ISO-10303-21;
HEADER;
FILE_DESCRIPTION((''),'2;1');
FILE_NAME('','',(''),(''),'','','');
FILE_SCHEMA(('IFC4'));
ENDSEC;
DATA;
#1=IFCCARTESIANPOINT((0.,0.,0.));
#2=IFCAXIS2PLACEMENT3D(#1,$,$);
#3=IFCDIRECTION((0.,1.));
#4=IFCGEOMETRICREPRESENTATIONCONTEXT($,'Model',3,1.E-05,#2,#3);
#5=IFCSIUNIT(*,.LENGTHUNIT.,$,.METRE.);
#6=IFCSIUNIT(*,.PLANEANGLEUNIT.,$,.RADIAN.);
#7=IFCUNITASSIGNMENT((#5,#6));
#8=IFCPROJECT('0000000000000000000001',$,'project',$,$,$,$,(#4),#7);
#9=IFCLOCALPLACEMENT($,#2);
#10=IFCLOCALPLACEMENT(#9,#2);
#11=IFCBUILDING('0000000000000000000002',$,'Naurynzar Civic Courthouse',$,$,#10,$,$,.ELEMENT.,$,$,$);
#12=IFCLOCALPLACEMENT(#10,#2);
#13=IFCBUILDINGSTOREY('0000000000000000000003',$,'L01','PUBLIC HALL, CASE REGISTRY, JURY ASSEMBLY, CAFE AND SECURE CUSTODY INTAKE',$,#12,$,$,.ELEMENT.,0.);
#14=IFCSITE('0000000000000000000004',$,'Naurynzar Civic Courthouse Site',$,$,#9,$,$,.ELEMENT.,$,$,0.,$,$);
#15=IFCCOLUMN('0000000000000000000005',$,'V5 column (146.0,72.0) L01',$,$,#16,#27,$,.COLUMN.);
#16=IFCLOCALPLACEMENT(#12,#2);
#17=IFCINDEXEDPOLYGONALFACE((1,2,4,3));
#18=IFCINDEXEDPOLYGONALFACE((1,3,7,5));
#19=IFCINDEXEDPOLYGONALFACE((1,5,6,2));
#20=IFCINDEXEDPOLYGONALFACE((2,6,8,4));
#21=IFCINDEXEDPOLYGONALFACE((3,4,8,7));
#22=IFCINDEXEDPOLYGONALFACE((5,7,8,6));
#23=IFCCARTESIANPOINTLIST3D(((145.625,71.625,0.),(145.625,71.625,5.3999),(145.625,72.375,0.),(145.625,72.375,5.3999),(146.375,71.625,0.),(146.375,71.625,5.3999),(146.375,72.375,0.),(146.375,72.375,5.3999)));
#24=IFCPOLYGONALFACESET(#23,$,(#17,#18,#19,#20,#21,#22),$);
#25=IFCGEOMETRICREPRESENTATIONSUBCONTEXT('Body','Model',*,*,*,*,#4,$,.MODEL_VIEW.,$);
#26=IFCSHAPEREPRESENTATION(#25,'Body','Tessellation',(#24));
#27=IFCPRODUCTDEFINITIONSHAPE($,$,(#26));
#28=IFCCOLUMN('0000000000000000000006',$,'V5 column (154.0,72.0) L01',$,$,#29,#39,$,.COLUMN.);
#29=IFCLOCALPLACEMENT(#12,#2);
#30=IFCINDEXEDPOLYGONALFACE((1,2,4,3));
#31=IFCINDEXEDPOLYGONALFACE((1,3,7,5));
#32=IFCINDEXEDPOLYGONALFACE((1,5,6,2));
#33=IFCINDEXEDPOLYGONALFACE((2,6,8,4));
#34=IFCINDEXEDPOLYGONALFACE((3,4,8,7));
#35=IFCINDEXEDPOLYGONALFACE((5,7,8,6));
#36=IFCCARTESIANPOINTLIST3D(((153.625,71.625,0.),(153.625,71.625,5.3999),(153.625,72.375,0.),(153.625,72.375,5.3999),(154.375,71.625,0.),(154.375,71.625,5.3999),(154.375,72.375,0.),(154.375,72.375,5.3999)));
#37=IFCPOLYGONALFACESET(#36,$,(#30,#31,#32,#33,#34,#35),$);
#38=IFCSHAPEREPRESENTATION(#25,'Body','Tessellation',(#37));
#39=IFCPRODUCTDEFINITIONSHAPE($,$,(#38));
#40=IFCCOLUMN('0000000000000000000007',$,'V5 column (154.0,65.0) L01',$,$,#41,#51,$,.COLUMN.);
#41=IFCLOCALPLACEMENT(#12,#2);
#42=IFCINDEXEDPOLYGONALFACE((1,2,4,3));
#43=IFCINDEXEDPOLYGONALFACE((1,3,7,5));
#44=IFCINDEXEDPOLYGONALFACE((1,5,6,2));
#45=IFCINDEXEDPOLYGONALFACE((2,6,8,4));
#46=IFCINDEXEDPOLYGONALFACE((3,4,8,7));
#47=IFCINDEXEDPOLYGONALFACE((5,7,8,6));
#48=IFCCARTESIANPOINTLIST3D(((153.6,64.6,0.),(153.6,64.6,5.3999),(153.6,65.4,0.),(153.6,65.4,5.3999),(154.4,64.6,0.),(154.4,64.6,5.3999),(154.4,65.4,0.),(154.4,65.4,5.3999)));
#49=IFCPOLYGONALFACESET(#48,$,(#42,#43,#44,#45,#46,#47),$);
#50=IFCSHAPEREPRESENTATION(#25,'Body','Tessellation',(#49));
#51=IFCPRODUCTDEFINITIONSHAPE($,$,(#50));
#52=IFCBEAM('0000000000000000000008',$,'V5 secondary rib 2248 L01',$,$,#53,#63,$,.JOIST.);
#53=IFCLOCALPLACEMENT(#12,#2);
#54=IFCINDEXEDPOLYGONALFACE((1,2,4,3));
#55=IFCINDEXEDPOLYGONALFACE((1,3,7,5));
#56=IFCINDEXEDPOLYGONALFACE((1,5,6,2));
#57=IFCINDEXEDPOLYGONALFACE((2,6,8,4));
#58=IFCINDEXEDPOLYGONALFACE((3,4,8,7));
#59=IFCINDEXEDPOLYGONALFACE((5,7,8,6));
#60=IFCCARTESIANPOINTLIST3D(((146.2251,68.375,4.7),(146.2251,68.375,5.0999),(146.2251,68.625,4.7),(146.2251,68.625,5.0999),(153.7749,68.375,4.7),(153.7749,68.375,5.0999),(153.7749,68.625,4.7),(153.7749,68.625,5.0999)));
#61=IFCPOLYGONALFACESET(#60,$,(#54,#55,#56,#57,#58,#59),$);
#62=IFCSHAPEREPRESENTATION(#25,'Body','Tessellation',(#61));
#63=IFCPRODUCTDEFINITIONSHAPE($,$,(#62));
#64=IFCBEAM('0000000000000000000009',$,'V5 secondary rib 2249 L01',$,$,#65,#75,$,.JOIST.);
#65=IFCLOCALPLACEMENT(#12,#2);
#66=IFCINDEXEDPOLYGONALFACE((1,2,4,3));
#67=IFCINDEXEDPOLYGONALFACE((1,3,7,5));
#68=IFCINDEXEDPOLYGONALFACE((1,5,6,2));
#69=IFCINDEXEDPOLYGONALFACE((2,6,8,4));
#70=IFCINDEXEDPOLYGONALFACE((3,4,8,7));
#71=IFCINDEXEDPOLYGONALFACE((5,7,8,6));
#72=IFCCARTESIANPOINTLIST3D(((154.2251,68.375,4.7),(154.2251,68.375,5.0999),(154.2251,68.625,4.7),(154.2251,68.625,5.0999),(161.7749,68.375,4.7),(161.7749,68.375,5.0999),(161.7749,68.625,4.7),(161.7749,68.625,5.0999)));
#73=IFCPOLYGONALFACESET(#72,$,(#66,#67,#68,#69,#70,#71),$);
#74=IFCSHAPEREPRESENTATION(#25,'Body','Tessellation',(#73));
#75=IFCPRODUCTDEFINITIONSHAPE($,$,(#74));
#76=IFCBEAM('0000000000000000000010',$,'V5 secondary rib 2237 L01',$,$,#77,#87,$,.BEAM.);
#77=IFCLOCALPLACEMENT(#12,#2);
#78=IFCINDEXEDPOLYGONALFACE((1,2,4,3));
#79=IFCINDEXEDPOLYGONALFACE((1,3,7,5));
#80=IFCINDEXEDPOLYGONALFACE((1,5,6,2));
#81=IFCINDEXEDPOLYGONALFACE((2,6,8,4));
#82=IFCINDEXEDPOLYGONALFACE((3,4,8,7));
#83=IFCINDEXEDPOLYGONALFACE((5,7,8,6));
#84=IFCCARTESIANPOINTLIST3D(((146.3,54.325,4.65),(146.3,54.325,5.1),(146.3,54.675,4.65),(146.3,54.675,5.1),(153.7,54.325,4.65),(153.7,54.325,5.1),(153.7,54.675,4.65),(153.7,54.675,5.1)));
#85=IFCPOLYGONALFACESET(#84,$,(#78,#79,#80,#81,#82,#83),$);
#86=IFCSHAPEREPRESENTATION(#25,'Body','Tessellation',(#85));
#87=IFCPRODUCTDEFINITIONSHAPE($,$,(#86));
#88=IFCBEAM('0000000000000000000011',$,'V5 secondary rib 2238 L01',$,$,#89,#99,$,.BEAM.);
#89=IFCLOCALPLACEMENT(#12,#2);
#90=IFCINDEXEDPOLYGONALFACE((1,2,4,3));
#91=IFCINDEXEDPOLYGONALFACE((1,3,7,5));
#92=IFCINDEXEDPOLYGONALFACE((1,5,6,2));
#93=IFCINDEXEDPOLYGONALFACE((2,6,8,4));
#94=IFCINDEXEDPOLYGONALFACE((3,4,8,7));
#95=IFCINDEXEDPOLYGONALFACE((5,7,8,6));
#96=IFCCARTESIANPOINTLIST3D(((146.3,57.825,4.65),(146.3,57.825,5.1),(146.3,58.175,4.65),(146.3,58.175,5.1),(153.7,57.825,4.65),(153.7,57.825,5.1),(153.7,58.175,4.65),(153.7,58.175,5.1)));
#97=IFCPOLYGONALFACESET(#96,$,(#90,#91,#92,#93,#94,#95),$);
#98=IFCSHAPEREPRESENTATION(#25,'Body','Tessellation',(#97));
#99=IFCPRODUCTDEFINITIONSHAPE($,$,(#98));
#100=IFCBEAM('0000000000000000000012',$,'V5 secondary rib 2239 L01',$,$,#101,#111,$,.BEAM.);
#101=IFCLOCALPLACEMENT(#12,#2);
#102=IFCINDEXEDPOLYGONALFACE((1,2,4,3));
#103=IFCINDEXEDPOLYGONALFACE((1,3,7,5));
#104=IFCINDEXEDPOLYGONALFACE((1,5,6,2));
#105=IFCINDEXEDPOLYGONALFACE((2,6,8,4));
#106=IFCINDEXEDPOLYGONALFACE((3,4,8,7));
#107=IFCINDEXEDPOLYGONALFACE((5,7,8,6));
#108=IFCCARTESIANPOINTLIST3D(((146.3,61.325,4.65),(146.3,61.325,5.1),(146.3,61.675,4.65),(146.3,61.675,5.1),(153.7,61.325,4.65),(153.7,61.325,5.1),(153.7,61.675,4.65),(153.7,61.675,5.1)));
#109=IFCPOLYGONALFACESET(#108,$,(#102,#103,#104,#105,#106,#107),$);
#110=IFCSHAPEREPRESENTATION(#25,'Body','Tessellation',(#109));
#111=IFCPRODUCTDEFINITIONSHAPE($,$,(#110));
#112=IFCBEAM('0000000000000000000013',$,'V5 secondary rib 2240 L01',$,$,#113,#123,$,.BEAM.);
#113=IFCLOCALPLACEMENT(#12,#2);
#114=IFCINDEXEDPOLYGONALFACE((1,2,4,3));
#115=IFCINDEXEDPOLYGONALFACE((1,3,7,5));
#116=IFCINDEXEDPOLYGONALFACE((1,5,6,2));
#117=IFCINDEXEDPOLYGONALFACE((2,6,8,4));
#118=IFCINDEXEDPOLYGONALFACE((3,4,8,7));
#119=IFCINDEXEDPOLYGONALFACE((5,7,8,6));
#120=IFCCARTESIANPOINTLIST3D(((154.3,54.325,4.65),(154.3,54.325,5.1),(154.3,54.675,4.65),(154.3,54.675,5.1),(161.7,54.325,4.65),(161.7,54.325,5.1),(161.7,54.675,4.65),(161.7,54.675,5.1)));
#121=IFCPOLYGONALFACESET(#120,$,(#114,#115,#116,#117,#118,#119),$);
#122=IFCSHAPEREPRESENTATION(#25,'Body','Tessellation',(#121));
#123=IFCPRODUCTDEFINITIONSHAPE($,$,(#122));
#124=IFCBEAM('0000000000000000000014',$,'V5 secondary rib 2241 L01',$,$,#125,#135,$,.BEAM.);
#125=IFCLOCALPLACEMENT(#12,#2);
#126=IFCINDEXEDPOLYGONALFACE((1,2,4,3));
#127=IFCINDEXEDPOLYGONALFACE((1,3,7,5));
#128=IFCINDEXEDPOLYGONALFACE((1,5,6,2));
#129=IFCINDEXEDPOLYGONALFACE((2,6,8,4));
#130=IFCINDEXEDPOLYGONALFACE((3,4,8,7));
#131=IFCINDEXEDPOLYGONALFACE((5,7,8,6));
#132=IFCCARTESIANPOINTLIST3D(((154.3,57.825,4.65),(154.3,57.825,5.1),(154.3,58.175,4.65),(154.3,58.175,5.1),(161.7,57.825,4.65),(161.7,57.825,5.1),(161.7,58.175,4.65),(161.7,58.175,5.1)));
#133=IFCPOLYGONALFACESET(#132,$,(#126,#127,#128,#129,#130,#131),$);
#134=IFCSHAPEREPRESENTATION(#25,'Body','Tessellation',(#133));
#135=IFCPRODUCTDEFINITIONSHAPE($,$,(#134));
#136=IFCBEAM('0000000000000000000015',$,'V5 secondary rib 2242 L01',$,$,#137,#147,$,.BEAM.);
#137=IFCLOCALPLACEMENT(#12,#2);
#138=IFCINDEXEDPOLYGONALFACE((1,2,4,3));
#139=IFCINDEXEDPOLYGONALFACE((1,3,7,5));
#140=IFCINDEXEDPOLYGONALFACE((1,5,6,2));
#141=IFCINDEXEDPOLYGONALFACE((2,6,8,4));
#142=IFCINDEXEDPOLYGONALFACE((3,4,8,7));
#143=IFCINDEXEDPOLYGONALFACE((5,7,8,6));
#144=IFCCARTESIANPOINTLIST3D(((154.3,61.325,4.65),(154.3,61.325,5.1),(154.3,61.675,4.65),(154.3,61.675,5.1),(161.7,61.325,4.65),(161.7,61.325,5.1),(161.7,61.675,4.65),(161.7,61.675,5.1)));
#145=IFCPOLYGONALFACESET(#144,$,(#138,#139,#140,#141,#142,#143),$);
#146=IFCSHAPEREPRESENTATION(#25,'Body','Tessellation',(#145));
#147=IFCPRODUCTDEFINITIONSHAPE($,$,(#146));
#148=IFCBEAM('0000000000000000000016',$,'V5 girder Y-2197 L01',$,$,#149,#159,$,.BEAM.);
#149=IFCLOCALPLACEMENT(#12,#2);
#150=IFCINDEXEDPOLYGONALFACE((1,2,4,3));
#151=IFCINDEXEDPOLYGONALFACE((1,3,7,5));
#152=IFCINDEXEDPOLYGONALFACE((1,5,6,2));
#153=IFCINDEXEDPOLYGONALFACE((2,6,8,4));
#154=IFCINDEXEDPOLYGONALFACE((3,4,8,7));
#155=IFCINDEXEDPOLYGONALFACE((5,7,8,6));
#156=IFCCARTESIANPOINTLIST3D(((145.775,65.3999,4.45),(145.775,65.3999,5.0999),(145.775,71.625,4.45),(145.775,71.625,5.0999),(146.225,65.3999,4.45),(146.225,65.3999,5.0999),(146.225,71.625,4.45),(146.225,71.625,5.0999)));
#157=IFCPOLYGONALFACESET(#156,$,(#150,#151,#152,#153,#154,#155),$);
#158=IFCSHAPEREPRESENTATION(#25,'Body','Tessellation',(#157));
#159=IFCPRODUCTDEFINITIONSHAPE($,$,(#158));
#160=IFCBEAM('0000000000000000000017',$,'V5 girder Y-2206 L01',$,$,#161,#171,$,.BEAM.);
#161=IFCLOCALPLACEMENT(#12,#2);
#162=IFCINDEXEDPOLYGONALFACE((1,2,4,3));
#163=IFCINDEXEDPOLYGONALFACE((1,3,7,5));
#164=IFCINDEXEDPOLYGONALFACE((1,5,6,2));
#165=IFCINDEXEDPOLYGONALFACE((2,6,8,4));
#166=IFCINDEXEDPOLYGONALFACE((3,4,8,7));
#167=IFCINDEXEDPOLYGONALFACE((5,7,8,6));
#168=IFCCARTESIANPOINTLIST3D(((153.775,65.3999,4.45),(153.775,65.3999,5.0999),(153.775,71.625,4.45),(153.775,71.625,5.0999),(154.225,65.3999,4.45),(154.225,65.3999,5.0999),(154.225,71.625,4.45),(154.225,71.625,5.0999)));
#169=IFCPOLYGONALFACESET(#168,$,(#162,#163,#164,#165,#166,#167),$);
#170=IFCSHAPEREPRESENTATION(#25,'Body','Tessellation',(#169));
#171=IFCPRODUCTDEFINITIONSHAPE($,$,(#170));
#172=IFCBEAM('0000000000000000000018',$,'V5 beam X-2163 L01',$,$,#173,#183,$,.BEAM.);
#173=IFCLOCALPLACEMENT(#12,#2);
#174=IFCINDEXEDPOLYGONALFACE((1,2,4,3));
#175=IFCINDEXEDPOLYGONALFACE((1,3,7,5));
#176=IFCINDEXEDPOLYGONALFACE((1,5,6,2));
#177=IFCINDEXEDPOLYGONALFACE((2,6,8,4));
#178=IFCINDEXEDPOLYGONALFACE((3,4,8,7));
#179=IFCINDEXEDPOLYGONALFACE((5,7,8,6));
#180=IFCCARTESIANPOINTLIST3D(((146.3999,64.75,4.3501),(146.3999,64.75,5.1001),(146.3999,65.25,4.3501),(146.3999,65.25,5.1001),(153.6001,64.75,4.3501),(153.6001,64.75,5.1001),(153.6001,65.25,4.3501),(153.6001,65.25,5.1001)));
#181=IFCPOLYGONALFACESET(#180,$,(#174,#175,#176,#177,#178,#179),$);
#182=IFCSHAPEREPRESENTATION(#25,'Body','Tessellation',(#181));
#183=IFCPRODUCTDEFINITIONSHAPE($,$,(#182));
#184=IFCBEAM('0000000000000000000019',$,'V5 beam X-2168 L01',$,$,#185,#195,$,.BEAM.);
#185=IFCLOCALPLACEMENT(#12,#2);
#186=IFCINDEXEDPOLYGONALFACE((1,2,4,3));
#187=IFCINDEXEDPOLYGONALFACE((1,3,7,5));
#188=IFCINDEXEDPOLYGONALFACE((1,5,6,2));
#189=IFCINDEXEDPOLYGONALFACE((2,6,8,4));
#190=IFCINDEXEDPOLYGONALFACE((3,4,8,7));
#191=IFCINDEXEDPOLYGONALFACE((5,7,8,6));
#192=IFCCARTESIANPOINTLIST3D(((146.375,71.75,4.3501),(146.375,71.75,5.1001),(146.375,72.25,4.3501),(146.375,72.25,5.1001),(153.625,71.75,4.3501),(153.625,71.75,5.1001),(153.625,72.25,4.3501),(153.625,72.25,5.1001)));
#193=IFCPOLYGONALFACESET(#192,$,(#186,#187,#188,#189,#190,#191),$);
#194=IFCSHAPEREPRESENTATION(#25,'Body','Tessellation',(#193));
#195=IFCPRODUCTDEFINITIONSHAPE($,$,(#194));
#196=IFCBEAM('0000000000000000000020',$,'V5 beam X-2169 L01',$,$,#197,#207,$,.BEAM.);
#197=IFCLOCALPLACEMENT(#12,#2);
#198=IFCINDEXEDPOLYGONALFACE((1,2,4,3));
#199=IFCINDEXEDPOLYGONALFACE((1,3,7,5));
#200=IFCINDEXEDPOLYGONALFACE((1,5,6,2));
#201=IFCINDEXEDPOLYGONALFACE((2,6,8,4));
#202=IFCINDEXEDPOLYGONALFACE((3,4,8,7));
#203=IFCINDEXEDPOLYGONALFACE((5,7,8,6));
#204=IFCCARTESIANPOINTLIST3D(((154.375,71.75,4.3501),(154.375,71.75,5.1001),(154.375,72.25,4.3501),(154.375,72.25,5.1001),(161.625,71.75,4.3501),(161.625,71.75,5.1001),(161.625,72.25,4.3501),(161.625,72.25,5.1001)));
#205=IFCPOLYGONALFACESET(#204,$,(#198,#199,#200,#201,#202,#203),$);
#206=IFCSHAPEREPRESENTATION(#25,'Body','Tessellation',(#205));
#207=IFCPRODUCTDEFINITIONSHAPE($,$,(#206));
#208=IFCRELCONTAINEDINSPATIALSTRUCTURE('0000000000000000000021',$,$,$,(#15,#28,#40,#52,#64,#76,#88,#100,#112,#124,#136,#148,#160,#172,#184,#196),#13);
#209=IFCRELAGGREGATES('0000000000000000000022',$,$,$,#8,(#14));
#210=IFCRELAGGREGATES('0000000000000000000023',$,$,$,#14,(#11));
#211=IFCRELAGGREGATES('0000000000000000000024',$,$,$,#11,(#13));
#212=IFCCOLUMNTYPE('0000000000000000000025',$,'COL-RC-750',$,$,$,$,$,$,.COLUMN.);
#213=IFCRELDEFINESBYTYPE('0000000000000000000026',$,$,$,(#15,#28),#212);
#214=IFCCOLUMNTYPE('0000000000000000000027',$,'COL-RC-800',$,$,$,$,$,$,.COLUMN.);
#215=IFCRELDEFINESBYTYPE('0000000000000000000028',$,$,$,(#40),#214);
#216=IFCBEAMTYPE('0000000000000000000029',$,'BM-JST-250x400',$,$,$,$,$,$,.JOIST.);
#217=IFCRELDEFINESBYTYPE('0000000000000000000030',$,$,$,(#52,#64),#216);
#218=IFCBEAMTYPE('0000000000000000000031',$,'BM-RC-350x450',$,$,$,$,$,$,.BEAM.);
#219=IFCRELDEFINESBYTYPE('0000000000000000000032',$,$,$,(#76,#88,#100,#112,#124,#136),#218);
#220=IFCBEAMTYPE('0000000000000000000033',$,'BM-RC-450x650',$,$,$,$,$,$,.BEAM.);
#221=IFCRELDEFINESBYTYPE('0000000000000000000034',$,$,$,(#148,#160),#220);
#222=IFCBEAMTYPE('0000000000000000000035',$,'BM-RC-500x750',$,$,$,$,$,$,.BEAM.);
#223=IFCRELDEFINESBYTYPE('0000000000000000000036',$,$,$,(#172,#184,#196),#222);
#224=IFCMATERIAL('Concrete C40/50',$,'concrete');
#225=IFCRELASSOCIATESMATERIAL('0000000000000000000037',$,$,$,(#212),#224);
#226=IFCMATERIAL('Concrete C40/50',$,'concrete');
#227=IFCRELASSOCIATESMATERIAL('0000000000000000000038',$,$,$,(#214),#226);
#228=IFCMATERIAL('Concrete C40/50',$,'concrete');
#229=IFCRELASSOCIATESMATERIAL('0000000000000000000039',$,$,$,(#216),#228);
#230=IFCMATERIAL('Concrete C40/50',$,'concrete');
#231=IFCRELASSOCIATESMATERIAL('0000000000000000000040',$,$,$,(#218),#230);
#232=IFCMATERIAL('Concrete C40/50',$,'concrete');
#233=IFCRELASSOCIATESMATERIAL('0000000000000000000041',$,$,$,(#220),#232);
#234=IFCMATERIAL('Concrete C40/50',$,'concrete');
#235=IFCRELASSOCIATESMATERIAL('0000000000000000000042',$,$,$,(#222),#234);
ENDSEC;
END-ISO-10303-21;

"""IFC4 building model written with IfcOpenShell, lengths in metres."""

from ifc_helpers import new_model, si_unit, direction, frame, origin, origin_2d, place, context, subcontext, project, spatial, rectangle, extrude, material, material_profile, profile_set, type_object, element, save


model = new_model("IFC4")

# Units and contexts
model_context = context("Model", 3, precision=1e-05, world=origin(), true_north=direction((0.0, 1.0)))
body_context = subcontext(model_context, "Body", "Model", "MODEL_VIEW")
ifc_project = project(units=[si_unit("LENGTHUNIT", "METRE"), si_unit("PLANEANGLEUNIT", "RADIAN")], contexts=[model_context])

# Site, building, storey
site_placement = place(None, origin())
site = spatial("IfcSite", under=ifc_project, at=site_placement, Name="Naurynzar Civic Courthouse Site", CompositionType="ELEMENT", RefElevation=0.0)
building_placement = place(site_placement, origin())
building = spatial("IfcBuilding", under=site, at=building_placement, Name="Naurynzar Civic Courthouse", CompositionType="ELEMENT")
storey_placement = place(building_placement, origin())
storey = spatial("IfcBuildingStorey", under=building, at=storey_placement, Name="L01", Description="PUBLIC HALL, CASE REGISTRY, JURY ASSEMBLY, CAFE AND SECURE CUSTODY INTAKE", CompositionType="ELEMENT", Elevation=0.0)

# Columns
ifc_material_1 = material(Name="Concrete C40/50", Category="concrete")
ifc_material_profile_1 = material_profile(ifc_material_1, rectangle(XDim=0.75, YDim=0.75, at=origin_2d()), Name="RC 750x750")
ifc_profile_set_1 = profile_set([ifc_material_profile_1], Name="Concrete C40/50")
column_type_1 = type_object("IfcColumnType", Name="COL-RC-750", PredefinedType="COLUMN", material=ifc_profile_set_1)
for number, where, z_axis, x_axis, name in (
    (1, (146.0, 72.0, 0.0), (0.0, 0.0, 1.0), (1.0, 0.0, 0.0), "V5 column (146.0,72.0) L01"),
    (2, (154.0, 72.0, 0.0), (0.0, 0.0, 1.0), (1.0, 0.0, 0.0), "V5 column (154.0,72.0) L01"),
):
    element("IfcColumn", number, at=place(storey_placement, frame(where, z_axis=z_axis, x_axis=x_axis)), inside=storey, type_object=column_type_1, Name=name, PredefinedType="COLUMN", context=body_context, shape_type="SweptSolid", body=[
        extrude(rectangle(XDim=0.75, YDim=0.75, at=origin_2d()), origin(), (0.0, 0.0, 1.0), 5.3999),
    ])
ifc_material_2 = material(Name="Concrete C40/50", Category="concrete")
ifc_material_profile_2 = material_profile(ifc_material_2, rectangle(XDim=0.8, YDim=0.8, at=origin_2d()), Name="RC 800x800")
ifc_profile_set_2 = profile_set([ifc_material_profile_2], Name="Concrete C40/50")
column_type_2 = type_object("IfcColumnType", Name="COL-RC-800", PredefinedType="COLUMN", material=ifc_profile_set_2)
column_placement = place(storey_placement, frame((154.0, 65.0, 0.0), z_axis=(0.0, 0.0, 1.0), x_axis=(1.0, 0.0, 0.0)))
element("IfcColumn", 3, at=column_placement, inside=storey, type_object=column_type_2, Name="V5 column (154.0,65.0) L01", PredefinedType="COLUMN", context=body_context, shape_type="SweptSolid", body=[
    extrude(rectangle(XDim=0.8, YDim=0.8, at=origin_2d()), origin(), (0.0, 0.0, 1.0), 5.3999),
])

# Beams
ifc_material_3 = material(Name="Concrete C40/50", Category="concrete")
ifc_material_profile_3 = material_profile(ifc_material_3, rectangle(XDim=0.25, YDim=0.3999, at=origin_2d()), Name="RCB 250x400")
ifc_profile_set_3 = profile_set([ifc_material_profile_3], Name="Concrete C40/50")
beam_type_1 = type_object("IfcBeamType", Name="BM-JST-250x400", PredefinedType="JOIST", material=ifc_profile_set_3)
for number, where, z_axis, x_axis, name in (
    (4, (146.2251, 68.5, 4.8999), (1.0, 0.0, 0.0), (0.0, 1.0, 0.0), "V5 secondary rib 2248 L01"),
    (5, (154.2251, 68.5, 4.8999), (1.0, 0.0, 0.0), (0.0, 1.0, 0.0), "V5 secondary rib 2249 L01"),
):
    element("IfcBeam", number, at=place(storey_placement, frame(where, z_axis=z_axis, x_axis=x_axis)), inside=storey, type_object=beam_type_1, Name=name, PredefinedType="JOIST", context=body_context, shape_type="SweptSolid", body=[
        extrude(rectangle(XDim=0.25, YDim=0.3999, at=origin_2d()), origin(), (0.0, 0.0, 1.0), 7.5498),
    ])
ifc_material_4 = material(Name="Concrete C40/50", Category="concrete")
ifc_material_profile_4 = material_profile(ifc_material_4, rectangle(XDim=0.3501, YDim=0.45, at=origin_2d()), Name="RCB 350x450")
ifc_profile_set_4 = profile_set([ifc_material_profile_4], Name="Concrete C40/50")
beam_type_2 = type_object("IfcBeamType", Name="BM-RC-350x450", PredefinedType="BEAM", material=ifc_profile_set_4)
for number, where, z_axis, x_axis, name in (
    (6, (146.3, 54.5, 4.875), (1.0, 0.0, 0.0), (0.0, 1.0, 0.0), "V5 secondary rib 2237 L01"),
    (7, (146.3, 58.0, 4.875), (1.0, 0.0, 0.0), (0.0, 1.0, 0.0), "V5 secondary rib 2238 L01"),
    (8, (146.3, 61.5, 4.875), (1.0, 0.0, 0.0), (0.0, 1.0, 0.0), "V5 secondary rib 2239 L01"),
    (9, (154.3, 54.5, 4.875), (1.0, 0.0, 0.0), (0.0, 1.0, 0.0), "V5 secondary rib 2240 L01"),
    (10, (154.3, 58.0, 4.875), (1.0, 0.0, 0.0), (0.0, 1.0, 0.0), "V5 secondary rib 2241 L01"),
    (11, (154.3, 61.5, 4.875), (1.0, 0.0, 0.0), (0.0, 1.0, 0.0), "V5 secondary rib 2242 L01"),
):
    element("IfcBeam", number, at=place(storey_placement, frame(where, z_axis=z_axis, x_axis=x_axis)), inside=storey, type_object=beam_type_2, Name=name, PredefinedType="BEAM", context=body_context, shape_type="SweptSolid", body=[
        extrude(rectangle(XDim=0.3501, YDim=0.45, at=origin_2d()), origin(), (0.0, 0.0, 1.0), 7.3999),
    ])
ifc_material_5 = material(Name="Concrete C40/50", Category="concrete")
ifc_material_profile_5 = material_profile(ifc_material_5, rectangle(XDim=0.45, YDim=0.6499, at=origin_2d()), Name="RCB 450x650")
ifc_profile_set_5 = profile_set([ifc_material_profile_5], Name="Concrete C40/50")
beam_type_3 = type_object("IfcBeamType", Name="BM-RC-450x650", PredefinedType="BEAM", material=ifc_profile_set_5)
for number, where, z_axis, x_axis, name in (
    (12, (146.0, 65.3999, 4.7749), (0.0, 1.0, 0.0), (-1.0, 0.0, 0.0), "V5 girder Y-2197 L01"),
    (13, (154.0, 65.3999, 4.7749), (0.0, 1.0, 0.0), (-1.0, 0.0, 0.0), "V5 girder Y-2206 L01"),
):
    element("IfcBeam", number, at=place(storey_placement, frame(where, z_axis=z_axis, x_axis=x_axis)), inside=storey, type_object=beam_type_3, Name=name, PredefinedType="BEAM", context=body_context, shape_type="SweptSolid", body=[
        extrude(rectangle(XDim=0.45, YDim=0.6499, at=origin_2d()), origin(), (0.0, 0.0, 1.0), 6.2251),
    ])
ifc_material_6 = material(Name="Concrete C40/50", Category="concrete")
ifc_material_profile_6 = material_profile(ifc_material_6, rectangle(XDim=0.5, YDim=0.75, at=origin_2d()), Name="RCB 500x750")
ifc_profile_set_6 = profile_set([ifc_material_profile_6], Name="Concrete C40/50")
beam_type_4 = type_object("IfcBeamType", Name="BM-RC-500x750", PredefinedType="BEAM", material=ifc_profile_set_6)
beam_placement = place(storey_placement, frame((146.3999, 65.0, 4.7251), z_axis=(1.0, 0.0, 0.0), x_axis=(0.0, 1.0, 0.0)))
element("IfcBeam", 14, at=beam_placement, inside=storey, type_object=beam_type_4, Name="V5 beam X-2163 L01", PredefinedType="BEAM", context=body_context, shape_type="SweptSolid", body=[
    extrude(rectangle(XDim=0.5, YDim=0.75, at=origin_2d()), origin(), (0.0, 0.0, 1.0), 7.2002),
])
for number, where, z_axis, x_axis, name in (
    (15, (146.375, 72.0, 4.7251), (1.0, 0.0, 0.0), (0.0, 1.0, 0.0), "V5 beam X-2168 L01"),
    (16, (154.375, 72.0, 4.7251), (1.0, 0.0, 0.0), (0.0, 1.0, 0.0), "V5 beam X-2169 L01"),
):
    element("IfcBeam", number, at=place(storey_placement, frame(where, z_axis=z_axis, x_axis=x_axis)), inside=storey, type_object=beam_type_4, Name=name, PredefinedType="BEAM", context=body_context, shape_type="SweptSolid", body=[
        extrude(rectangle(XDim=0.5, YDim=0.75, at=origin_2d()), origin(), (0.0, 0.0, 1.0), 7.25),
    ])

save(model, "model.ifc")
